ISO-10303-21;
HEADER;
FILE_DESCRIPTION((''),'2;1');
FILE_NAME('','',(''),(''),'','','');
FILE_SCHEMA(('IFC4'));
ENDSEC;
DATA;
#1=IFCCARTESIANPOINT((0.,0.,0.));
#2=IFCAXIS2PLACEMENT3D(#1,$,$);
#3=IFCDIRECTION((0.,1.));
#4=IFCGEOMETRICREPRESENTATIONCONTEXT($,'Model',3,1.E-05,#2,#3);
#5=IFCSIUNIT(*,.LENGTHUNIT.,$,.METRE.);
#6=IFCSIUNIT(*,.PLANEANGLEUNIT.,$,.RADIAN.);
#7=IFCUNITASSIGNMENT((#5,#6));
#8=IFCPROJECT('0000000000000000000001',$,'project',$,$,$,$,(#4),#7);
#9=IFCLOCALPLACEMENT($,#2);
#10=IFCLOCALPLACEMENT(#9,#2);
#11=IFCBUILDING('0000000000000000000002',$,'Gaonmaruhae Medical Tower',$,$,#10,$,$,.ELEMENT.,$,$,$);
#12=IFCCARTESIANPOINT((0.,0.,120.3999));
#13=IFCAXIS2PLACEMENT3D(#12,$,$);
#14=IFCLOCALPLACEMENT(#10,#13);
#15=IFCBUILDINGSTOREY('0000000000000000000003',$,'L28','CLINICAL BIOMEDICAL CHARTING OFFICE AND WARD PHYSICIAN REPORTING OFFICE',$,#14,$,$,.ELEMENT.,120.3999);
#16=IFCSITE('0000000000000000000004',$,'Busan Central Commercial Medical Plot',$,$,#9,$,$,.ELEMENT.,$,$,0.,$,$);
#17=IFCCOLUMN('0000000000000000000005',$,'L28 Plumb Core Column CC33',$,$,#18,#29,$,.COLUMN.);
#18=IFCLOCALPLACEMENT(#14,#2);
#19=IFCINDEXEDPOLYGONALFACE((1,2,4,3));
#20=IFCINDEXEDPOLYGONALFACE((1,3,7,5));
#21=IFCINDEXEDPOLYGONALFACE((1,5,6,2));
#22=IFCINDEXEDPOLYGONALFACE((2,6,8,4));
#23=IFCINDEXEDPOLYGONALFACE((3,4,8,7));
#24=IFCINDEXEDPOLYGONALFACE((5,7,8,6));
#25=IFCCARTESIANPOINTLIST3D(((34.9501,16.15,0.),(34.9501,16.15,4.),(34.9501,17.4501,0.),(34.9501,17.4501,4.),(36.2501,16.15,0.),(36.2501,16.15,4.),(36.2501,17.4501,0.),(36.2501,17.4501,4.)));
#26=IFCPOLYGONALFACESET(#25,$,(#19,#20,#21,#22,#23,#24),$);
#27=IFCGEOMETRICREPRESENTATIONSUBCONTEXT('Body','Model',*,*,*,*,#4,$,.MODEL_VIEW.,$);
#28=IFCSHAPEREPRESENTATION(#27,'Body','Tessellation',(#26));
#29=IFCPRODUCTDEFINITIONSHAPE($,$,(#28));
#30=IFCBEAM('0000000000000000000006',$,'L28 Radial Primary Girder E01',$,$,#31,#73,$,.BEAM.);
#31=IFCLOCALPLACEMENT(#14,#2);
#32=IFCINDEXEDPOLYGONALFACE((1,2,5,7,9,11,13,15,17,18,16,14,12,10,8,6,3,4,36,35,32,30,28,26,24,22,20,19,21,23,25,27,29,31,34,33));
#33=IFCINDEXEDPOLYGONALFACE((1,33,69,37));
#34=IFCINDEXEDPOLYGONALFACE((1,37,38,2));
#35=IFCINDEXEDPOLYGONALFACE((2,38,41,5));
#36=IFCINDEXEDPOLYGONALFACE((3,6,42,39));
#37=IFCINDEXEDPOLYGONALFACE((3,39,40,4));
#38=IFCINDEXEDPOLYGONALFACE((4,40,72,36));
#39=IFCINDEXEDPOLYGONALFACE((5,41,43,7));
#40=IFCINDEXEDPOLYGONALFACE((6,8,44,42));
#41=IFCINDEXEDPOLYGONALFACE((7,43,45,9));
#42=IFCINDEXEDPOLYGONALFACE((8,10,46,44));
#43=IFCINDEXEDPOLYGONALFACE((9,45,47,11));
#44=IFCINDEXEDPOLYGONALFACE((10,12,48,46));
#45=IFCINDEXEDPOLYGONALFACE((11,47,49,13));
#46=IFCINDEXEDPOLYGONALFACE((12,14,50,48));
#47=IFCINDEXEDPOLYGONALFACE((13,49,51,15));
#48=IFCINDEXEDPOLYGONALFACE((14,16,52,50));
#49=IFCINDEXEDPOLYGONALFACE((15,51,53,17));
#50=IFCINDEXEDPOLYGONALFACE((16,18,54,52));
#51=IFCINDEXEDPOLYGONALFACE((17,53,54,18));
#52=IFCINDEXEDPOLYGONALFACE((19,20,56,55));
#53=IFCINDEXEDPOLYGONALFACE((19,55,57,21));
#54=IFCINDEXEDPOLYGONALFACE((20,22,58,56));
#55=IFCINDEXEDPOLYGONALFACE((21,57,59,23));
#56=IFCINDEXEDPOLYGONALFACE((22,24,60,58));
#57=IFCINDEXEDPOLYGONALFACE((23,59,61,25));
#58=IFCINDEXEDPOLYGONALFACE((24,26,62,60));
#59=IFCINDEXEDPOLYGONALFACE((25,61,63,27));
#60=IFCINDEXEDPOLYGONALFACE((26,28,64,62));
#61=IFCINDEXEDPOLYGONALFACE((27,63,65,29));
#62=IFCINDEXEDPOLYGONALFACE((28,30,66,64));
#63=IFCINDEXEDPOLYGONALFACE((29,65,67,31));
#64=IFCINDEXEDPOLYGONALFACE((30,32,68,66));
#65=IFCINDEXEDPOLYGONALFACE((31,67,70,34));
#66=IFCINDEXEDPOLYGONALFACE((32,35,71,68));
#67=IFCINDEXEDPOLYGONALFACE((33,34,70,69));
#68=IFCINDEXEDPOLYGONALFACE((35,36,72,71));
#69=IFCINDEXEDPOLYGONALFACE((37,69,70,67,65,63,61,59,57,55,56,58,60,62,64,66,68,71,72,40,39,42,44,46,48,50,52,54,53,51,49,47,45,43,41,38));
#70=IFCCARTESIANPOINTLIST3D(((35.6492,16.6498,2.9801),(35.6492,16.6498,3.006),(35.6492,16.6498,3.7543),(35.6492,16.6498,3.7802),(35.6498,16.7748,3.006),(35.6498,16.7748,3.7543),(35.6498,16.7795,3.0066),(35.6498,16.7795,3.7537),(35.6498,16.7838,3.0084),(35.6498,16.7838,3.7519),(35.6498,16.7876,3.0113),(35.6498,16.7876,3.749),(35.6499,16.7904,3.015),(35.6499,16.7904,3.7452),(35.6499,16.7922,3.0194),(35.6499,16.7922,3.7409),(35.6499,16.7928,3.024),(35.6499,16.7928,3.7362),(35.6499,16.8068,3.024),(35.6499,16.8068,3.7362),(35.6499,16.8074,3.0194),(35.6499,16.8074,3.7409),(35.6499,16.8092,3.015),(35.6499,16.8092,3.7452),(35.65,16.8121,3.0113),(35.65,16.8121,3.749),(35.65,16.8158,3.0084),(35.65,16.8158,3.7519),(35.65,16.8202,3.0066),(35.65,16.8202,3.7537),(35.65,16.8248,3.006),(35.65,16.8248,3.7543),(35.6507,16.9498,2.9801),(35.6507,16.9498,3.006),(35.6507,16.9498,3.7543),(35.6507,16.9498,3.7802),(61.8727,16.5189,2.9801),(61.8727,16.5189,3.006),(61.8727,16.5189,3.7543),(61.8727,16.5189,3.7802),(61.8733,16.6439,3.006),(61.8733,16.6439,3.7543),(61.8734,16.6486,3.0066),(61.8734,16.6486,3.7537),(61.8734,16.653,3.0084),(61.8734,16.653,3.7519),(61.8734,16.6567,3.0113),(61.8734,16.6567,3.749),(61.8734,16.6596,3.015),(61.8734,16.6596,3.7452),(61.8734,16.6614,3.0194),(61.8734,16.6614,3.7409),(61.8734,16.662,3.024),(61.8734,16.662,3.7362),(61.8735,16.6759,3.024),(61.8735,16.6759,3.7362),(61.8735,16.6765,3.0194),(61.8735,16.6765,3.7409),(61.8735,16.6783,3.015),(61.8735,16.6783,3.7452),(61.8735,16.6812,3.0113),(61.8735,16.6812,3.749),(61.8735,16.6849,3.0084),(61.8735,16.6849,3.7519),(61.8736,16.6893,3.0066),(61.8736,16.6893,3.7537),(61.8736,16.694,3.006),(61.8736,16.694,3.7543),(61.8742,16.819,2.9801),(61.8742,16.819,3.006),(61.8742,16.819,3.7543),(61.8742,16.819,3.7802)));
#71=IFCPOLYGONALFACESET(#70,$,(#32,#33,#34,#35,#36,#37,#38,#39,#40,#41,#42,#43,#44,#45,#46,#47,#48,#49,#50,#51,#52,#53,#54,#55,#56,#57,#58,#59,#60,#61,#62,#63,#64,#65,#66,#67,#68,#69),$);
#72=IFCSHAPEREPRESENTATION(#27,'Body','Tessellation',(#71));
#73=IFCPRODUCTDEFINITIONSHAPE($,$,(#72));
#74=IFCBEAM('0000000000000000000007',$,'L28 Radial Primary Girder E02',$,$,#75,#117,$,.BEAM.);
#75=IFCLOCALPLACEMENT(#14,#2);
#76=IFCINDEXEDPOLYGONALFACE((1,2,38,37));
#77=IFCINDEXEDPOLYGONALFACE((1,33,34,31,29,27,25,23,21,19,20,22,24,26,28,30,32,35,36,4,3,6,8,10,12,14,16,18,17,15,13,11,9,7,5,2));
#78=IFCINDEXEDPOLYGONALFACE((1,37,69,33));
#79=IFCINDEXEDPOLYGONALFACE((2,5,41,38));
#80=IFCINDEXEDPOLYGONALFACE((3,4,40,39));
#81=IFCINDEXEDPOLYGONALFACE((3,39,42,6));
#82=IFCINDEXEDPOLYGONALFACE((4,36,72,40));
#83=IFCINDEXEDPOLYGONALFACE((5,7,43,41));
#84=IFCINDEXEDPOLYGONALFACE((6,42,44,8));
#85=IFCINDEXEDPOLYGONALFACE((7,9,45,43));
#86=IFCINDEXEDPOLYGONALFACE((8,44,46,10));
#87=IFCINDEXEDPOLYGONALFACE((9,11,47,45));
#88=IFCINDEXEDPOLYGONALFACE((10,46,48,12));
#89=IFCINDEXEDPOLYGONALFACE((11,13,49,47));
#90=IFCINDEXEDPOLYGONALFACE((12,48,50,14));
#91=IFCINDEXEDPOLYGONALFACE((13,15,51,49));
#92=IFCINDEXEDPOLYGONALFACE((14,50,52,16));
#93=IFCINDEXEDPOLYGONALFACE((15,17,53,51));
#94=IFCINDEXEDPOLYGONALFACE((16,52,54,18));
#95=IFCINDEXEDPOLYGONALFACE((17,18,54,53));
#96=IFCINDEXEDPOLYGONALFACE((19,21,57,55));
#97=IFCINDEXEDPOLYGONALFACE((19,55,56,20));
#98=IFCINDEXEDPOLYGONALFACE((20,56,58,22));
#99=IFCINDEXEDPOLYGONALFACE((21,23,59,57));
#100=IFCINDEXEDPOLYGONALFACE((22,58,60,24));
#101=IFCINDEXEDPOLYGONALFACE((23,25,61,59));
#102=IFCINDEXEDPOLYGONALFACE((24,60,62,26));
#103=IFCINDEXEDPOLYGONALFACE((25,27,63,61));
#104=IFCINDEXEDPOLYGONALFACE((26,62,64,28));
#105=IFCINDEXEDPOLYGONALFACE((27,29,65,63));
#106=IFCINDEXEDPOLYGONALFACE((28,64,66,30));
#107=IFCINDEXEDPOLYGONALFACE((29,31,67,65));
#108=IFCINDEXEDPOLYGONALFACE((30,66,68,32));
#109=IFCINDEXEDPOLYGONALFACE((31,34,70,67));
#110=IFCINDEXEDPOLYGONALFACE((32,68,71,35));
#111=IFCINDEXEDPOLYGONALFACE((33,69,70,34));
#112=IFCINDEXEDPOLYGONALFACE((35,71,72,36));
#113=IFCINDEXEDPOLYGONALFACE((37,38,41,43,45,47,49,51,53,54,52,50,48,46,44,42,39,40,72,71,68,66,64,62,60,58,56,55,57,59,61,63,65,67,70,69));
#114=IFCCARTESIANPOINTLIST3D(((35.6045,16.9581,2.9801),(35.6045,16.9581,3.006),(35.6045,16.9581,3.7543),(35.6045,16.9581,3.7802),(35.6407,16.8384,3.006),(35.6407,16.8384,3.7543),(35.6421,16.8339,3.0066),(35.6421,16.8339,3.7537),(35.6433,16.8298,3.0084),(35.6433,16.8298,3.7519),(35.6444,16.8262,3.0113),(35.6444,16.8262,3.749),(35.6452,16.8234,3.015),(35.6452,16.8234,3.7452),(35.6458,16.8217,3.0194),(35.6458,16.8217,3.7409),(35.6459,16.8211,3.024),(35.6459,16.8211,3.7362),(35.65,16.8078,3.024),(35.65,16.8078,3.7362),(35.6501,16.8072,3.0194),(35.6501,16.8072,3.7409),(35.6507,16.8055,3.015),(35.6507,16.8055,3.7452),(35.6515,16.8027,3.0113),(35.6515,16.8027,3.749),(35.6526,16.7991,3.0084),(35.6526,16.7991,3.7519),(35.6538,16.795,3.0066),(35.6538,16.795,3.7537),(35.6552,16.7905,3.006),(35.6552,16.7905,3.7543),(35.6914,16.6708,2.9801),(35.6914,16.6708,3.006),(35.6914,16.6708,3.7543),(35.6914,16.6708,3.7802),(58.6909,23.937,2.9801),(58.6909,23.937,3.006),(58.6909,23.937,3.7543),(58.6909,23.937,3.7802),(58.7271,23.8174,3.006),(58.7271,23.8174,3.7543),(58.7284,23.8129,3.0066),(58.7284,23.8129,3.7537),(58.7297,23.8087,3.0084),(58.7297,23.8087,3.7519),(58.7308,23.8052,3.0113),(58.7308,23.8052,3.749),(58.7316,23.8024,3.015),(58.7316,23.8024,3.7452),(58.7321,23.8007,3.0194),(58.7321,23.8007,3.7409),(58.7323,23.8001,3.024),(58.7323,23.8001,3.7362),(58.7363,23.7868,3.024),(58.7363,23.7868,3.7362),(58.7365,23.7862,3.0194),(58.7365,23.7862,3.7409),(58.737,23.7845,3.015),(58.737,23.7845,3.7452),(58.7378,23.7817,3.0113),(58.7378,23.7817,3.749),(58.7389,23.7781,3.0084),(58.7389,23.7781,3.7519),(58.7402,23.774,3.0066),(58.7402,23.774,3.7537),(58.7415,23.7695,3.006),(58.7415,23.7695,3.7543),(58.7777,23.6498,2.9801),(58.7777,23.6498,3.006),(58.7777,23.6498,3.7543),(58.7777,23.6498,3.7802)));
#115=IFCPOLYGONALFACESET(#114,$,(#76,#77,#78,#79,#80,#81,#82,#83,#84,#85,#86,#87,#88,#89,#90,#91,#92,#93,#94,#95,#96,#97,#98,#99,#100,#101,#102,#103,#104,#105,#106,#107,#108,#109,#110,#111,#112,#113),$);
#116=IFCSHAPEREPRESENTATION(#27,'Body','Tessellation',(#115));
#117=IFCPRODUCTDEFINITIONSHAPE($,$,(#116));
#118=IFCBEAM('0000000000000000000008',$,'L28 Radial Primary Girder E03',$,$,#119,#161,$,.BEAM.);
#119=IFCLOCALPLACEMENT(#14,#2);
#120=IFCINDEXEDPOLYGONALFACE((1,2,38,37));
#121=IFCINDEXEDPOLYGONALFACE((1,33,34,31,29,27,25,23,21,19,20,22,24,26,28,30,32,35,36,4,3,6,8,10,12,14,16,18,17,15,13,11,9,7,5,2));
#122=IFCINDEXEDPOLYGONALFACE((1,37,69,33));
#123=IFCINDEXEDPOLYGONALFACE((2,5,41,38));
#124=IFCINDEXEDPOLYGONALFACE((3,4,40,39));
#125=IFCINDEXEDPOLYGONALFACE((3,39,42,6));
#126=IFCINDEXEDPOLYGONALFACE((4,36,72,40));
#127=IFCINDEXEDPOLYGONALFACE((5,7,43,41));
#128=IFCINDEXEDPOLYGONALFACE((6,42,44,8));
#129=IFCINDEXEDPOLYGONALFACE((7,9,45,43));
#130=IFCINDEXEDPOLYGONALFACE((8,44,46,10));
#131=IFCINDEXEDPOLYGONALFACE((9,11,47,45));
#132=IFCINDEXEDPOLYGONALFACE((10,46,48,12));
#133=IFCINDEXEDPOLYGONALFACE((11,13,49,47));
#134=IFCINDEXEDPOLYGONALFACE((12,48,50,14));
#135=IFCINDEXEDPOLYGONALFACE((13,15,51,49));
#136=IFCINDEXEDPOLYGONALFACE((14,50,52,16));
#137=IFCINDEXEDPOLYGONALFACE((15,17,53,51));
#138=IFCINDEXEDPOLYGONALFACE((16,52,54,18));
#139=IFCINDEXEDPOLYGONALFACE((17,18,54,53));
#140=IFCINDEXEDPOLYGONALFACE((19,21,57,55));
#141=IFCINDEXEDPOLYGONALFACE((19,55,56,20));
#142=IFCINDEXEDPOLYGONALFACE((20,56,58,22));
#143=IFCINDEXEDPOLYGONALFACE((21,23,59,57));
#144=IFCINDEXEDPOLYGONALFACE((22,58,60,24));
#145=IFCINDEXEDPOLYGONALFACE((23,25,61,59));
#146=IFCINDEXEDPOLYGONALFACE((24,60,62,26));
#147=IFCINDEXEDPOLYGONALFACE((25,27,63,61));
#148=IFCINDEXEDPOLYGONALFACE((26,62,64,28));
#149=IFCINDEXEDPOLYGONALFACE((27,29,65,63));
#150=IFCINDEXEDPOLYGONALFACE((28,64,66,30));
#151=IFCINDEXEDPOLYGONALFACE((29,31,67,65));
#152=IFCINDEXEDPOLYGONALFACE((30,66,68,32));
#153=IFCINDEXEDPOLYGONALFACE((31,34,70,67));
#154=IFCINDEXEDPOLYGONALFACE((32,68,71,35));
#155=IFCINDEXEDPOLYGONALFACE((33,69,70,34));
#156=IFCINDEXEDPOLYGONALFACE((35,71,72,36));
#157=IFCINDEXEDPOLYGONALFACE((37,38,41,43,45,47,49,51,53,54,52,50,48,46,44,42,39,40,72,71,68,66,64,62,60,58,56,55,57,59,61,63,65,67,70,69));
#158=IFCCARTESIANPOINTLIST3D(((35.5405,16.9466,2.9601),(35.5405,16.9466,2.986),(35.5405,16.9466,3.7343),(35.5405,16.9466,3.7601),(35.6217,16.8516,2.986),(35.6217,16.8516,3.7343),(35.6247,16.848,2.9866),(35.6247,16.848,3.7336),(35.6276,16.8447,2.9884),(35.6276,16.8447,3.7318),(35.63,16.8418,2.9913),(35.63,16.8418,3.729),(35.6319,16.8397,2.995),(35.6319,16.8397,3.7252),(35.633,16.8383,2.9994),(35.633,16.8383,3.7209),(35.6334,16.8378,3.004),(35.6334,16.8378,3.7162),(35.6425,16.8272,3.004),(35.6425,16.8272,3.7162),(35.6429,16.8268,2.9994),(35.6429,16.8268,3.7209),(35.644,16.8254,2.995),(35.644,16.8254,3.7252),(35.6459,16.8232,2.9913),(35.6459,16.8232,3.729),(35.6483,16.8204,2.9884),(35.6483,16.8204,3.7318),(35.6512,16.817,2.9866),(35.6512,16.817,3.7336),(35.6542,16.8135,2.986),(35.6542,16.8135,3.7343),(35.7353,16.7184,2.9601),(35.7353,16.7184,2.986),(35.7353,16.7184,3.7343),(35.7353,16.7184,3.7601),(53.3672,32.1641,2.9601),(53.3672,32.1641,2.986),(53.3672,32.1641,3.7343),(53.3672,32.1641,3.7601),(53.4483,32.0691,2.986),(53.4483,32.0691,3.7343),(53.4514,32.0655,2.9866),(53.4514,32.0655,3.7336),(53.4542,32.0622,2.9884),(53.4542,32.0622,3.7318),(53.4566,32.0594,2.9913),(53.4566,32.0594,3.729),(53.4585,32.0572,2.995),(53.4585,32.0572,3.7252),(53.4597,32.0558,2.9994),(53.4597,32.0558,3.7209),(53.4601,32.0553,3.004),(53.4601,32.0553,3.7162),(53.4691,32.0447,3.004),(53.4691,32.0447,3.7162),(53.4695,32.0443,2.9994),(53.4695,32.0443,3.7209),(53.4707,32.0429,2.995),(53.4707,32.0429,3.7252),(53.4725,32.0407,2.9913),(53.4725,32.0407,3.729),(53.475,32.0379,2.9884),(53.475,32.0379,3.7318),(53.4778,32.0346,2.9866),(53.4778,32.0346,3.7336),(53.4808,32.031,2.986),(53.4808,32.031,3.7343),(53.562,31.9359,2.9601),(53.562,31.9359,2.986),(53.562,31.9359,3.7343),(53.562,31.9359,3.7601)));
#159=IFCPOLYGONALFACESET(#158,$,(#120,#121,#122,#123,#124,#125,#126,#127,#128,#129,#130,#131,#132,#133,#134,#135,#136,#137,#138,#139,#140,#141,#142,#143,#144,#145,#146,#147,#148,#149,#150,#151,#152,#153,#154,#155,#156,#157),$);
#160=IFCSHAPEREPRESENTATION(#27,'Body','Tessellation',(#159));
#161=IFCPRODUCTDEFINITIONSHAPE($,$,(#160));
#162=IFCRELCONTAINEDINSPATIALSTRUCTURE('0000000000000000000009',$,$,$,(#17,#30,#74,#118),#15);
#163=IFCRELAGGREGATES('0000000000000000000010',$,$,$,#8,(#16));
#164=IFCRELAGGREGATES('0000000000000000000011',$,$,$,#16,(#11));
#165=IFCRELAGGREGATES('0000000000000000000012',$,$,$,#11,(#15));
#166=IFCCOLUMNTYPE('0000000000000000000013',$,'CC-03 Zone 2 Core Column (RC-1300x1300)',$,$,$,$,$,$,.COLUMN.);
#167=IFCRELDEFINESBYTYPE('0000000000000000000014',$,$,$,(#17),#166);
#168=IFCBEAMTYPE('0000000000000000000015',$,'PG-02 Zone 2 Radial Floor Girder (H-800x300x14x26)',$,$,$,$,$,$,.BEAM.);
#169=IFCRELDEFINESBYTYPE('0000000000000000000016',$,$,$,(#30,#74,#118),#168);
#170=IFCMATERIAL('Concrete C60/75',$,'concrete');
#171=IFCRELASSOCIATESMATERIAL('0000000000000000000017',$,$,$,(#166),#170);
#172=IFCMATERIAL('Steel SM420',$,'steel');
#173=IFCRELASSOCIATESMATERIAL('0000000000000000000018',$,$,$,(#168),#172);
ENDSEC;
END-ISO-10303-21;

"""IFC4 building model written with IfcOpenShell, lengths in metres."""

from ifc_helpers import new_model, si_unit, direction, frame, origin, origin_2d, place, context, subcontext, project, spatial, rectangle, i_section, extrude, material, material_profile, profile_set, type_object, element, save


model = new_model("IFC4")

# Units and contexts
model_context = context("Model", 3, precision=1e-05, world=origin(), true_north=direction((0.0, 1.0)))
body_context = subcontext(model_context, "Body", "Model", "MODEL_VIEW")
ifc_project = project(units=[si_unit("LENGTHUNIT", "METRE"), si_unit("PLANEANGLEUNIT", "RADIAN")], contexts=[model_context])

# Site, building, storey
site_placement = place(None, origin())
site = spatial("IfcSite", under=ifc_project, at=site_placement, Name="Busan Central Commercial Medical Plot", CompositionType="ELEMENT", RefElevation=0.0)
building_placement = place(site_placement, origin())
building = spatial("IfcBuilding", under=site, at=building_placement, Name="Gaonmaruhae Medical Tower", CompositionType="ELEMENT")
storey_placement = place(building_placement, frame((0.0, 0.0, 120.3999)))
storey = spatial("IfcBuildingStorey", under=building, at=storey_placement, Name="L28", Description="CLINICAL BIOMEDICAL CHARTING OFFICE AND WARD PHYSICIAN REPORTING OFFICE", CompositionType="ELEMENT", Elevation=120.3999)

# Column
ifc_material_1 = material(Name="Concrete C60/75", Category="concrete")
ifc_material_profile_1 = material_profile(ifc_material_1, rectangle(XDim=1.3, YDim=1.3, at=origin_2d()), Name="RC-1300x1300")
ifc_profile_set_1 = profile_set([ifc_material_profile_1], Name="Concrete C60/75")
column_type = type_object("IfcColumnType", Name="CC-03 Zone 2 Core Column (RC-1300x1300)", PredefinedType="COLUMN", material=ifc_profile_set_1)
column_placement = place(storey_placement, frame((35.6001, 16.8, 0.0), z_axis=(0.0, 0.0, 1.0), x_axis=(1.0, 0.0, 0.0)))
element("IfcColumn", 1, at=column_placement, inside=storey, type_object=column_type, Name="L28 Plumb Core Column CC33", PredefinedType="COLUMN", context=body_context, shape_type="SweptSolid", body=[
    extrude(rectangle(XDim=1.3, YDim=1.3, at=origin_2d()), origin(), (0.0, 0.0, 1.0), 4.0),
])

# Beams
ifc_material_2 = material(Name="Steel SM420", Category="steel")
ifc_material_profile_2 = material_profile(ifc_material_2, i_section(OverallWidth=0.3, OverallDepth=0.8, WebThickness=0.0139, FlangeThickness=0.0259, FilletRadius=0.0181, at=origin_2d()), Name="H-800x300x14x26")
ifc_profile_set_2 = profile_set([ifc_material_profile_2], Name="Steel SM420")
beam_type = type_object("IfcBeamType", Name="PG-02 Zone 2 Radial Floor Girder (H-800x300x14x26)", PredefinedType="BEAM", material=ifc_profile_set_2)
beam_1_placement = place(storey_placement, frame((35.6499, 16.7998, 3.3801), z_axis=(0.999988, -0.00499, 0.0), x_axis=(0.00499, 0.999988, 0.0)))
element("IfcBeam", 2, at=beam_1_placement, inside=storey, type_object=beam_type, Name="L28 Radial Primary Girder E01", PredefinedType="BEAM", context=body_context, shape_type="SweptSolid", body=[
    extrude(i_section(OverallWidth=0.3, OverallDepth=0.8, WebThickness=0.0139, FlangeThickness=0.0259, FilletRadius=0.0181, at=origin_2d()), origin(), (0.0, 0.0, 1.0), 26.2239),
])
beam_2_placement = place(storey_placement, frame((35.6479, 16.8145, 3.3801), z_axis=(0.957218, 0.289366, 0.0), x_axis=(-0.289366, 0.957218, 0.0)))
element("IfcBeam", 3, at=beam_2_placement, inside=storey, type_object=beam_type, Name="L28 Radial Primary Girder E02", PredefinedType="BEAM", context=body_context, shape_type="SweptSolid", body=[
    extrude(i_section(OverallWidth=0.3, OverallDepth=0.8, WebThickness=0.0139, FlangeThickness=0.0259, FilletRadius=0.0181, at=origin_2d()), origin(), (0.0, 0.0, 1.0), 24.1182),
])
beam_3_placement = place(storey_placement, frame((35.6379, 16.8325, 3.3601), z_axis=(0.760572, 0.649254, 0.0), x_axis=(-0.649254, 0.760572, 0.0)))
element("IfcBeam", 4, at=beam_3_placement, inside=storey, type_object=beam_type, Name="L28 Radial Primary Girder E03", PredefinedType="BEAM", context=body_context, shape_type="SweptSolid", body=[
    extrude(i_section(OverallWidth=0.3, OverallDepth=0.8, WebThickness=0.0139, FlangeThickness=0.0259, FilletRadius=0.0181, at=origin_2d()), origin(), (0.0, 0.0, 1.0), 23.4385),
])

save(model, "model.ifc")
